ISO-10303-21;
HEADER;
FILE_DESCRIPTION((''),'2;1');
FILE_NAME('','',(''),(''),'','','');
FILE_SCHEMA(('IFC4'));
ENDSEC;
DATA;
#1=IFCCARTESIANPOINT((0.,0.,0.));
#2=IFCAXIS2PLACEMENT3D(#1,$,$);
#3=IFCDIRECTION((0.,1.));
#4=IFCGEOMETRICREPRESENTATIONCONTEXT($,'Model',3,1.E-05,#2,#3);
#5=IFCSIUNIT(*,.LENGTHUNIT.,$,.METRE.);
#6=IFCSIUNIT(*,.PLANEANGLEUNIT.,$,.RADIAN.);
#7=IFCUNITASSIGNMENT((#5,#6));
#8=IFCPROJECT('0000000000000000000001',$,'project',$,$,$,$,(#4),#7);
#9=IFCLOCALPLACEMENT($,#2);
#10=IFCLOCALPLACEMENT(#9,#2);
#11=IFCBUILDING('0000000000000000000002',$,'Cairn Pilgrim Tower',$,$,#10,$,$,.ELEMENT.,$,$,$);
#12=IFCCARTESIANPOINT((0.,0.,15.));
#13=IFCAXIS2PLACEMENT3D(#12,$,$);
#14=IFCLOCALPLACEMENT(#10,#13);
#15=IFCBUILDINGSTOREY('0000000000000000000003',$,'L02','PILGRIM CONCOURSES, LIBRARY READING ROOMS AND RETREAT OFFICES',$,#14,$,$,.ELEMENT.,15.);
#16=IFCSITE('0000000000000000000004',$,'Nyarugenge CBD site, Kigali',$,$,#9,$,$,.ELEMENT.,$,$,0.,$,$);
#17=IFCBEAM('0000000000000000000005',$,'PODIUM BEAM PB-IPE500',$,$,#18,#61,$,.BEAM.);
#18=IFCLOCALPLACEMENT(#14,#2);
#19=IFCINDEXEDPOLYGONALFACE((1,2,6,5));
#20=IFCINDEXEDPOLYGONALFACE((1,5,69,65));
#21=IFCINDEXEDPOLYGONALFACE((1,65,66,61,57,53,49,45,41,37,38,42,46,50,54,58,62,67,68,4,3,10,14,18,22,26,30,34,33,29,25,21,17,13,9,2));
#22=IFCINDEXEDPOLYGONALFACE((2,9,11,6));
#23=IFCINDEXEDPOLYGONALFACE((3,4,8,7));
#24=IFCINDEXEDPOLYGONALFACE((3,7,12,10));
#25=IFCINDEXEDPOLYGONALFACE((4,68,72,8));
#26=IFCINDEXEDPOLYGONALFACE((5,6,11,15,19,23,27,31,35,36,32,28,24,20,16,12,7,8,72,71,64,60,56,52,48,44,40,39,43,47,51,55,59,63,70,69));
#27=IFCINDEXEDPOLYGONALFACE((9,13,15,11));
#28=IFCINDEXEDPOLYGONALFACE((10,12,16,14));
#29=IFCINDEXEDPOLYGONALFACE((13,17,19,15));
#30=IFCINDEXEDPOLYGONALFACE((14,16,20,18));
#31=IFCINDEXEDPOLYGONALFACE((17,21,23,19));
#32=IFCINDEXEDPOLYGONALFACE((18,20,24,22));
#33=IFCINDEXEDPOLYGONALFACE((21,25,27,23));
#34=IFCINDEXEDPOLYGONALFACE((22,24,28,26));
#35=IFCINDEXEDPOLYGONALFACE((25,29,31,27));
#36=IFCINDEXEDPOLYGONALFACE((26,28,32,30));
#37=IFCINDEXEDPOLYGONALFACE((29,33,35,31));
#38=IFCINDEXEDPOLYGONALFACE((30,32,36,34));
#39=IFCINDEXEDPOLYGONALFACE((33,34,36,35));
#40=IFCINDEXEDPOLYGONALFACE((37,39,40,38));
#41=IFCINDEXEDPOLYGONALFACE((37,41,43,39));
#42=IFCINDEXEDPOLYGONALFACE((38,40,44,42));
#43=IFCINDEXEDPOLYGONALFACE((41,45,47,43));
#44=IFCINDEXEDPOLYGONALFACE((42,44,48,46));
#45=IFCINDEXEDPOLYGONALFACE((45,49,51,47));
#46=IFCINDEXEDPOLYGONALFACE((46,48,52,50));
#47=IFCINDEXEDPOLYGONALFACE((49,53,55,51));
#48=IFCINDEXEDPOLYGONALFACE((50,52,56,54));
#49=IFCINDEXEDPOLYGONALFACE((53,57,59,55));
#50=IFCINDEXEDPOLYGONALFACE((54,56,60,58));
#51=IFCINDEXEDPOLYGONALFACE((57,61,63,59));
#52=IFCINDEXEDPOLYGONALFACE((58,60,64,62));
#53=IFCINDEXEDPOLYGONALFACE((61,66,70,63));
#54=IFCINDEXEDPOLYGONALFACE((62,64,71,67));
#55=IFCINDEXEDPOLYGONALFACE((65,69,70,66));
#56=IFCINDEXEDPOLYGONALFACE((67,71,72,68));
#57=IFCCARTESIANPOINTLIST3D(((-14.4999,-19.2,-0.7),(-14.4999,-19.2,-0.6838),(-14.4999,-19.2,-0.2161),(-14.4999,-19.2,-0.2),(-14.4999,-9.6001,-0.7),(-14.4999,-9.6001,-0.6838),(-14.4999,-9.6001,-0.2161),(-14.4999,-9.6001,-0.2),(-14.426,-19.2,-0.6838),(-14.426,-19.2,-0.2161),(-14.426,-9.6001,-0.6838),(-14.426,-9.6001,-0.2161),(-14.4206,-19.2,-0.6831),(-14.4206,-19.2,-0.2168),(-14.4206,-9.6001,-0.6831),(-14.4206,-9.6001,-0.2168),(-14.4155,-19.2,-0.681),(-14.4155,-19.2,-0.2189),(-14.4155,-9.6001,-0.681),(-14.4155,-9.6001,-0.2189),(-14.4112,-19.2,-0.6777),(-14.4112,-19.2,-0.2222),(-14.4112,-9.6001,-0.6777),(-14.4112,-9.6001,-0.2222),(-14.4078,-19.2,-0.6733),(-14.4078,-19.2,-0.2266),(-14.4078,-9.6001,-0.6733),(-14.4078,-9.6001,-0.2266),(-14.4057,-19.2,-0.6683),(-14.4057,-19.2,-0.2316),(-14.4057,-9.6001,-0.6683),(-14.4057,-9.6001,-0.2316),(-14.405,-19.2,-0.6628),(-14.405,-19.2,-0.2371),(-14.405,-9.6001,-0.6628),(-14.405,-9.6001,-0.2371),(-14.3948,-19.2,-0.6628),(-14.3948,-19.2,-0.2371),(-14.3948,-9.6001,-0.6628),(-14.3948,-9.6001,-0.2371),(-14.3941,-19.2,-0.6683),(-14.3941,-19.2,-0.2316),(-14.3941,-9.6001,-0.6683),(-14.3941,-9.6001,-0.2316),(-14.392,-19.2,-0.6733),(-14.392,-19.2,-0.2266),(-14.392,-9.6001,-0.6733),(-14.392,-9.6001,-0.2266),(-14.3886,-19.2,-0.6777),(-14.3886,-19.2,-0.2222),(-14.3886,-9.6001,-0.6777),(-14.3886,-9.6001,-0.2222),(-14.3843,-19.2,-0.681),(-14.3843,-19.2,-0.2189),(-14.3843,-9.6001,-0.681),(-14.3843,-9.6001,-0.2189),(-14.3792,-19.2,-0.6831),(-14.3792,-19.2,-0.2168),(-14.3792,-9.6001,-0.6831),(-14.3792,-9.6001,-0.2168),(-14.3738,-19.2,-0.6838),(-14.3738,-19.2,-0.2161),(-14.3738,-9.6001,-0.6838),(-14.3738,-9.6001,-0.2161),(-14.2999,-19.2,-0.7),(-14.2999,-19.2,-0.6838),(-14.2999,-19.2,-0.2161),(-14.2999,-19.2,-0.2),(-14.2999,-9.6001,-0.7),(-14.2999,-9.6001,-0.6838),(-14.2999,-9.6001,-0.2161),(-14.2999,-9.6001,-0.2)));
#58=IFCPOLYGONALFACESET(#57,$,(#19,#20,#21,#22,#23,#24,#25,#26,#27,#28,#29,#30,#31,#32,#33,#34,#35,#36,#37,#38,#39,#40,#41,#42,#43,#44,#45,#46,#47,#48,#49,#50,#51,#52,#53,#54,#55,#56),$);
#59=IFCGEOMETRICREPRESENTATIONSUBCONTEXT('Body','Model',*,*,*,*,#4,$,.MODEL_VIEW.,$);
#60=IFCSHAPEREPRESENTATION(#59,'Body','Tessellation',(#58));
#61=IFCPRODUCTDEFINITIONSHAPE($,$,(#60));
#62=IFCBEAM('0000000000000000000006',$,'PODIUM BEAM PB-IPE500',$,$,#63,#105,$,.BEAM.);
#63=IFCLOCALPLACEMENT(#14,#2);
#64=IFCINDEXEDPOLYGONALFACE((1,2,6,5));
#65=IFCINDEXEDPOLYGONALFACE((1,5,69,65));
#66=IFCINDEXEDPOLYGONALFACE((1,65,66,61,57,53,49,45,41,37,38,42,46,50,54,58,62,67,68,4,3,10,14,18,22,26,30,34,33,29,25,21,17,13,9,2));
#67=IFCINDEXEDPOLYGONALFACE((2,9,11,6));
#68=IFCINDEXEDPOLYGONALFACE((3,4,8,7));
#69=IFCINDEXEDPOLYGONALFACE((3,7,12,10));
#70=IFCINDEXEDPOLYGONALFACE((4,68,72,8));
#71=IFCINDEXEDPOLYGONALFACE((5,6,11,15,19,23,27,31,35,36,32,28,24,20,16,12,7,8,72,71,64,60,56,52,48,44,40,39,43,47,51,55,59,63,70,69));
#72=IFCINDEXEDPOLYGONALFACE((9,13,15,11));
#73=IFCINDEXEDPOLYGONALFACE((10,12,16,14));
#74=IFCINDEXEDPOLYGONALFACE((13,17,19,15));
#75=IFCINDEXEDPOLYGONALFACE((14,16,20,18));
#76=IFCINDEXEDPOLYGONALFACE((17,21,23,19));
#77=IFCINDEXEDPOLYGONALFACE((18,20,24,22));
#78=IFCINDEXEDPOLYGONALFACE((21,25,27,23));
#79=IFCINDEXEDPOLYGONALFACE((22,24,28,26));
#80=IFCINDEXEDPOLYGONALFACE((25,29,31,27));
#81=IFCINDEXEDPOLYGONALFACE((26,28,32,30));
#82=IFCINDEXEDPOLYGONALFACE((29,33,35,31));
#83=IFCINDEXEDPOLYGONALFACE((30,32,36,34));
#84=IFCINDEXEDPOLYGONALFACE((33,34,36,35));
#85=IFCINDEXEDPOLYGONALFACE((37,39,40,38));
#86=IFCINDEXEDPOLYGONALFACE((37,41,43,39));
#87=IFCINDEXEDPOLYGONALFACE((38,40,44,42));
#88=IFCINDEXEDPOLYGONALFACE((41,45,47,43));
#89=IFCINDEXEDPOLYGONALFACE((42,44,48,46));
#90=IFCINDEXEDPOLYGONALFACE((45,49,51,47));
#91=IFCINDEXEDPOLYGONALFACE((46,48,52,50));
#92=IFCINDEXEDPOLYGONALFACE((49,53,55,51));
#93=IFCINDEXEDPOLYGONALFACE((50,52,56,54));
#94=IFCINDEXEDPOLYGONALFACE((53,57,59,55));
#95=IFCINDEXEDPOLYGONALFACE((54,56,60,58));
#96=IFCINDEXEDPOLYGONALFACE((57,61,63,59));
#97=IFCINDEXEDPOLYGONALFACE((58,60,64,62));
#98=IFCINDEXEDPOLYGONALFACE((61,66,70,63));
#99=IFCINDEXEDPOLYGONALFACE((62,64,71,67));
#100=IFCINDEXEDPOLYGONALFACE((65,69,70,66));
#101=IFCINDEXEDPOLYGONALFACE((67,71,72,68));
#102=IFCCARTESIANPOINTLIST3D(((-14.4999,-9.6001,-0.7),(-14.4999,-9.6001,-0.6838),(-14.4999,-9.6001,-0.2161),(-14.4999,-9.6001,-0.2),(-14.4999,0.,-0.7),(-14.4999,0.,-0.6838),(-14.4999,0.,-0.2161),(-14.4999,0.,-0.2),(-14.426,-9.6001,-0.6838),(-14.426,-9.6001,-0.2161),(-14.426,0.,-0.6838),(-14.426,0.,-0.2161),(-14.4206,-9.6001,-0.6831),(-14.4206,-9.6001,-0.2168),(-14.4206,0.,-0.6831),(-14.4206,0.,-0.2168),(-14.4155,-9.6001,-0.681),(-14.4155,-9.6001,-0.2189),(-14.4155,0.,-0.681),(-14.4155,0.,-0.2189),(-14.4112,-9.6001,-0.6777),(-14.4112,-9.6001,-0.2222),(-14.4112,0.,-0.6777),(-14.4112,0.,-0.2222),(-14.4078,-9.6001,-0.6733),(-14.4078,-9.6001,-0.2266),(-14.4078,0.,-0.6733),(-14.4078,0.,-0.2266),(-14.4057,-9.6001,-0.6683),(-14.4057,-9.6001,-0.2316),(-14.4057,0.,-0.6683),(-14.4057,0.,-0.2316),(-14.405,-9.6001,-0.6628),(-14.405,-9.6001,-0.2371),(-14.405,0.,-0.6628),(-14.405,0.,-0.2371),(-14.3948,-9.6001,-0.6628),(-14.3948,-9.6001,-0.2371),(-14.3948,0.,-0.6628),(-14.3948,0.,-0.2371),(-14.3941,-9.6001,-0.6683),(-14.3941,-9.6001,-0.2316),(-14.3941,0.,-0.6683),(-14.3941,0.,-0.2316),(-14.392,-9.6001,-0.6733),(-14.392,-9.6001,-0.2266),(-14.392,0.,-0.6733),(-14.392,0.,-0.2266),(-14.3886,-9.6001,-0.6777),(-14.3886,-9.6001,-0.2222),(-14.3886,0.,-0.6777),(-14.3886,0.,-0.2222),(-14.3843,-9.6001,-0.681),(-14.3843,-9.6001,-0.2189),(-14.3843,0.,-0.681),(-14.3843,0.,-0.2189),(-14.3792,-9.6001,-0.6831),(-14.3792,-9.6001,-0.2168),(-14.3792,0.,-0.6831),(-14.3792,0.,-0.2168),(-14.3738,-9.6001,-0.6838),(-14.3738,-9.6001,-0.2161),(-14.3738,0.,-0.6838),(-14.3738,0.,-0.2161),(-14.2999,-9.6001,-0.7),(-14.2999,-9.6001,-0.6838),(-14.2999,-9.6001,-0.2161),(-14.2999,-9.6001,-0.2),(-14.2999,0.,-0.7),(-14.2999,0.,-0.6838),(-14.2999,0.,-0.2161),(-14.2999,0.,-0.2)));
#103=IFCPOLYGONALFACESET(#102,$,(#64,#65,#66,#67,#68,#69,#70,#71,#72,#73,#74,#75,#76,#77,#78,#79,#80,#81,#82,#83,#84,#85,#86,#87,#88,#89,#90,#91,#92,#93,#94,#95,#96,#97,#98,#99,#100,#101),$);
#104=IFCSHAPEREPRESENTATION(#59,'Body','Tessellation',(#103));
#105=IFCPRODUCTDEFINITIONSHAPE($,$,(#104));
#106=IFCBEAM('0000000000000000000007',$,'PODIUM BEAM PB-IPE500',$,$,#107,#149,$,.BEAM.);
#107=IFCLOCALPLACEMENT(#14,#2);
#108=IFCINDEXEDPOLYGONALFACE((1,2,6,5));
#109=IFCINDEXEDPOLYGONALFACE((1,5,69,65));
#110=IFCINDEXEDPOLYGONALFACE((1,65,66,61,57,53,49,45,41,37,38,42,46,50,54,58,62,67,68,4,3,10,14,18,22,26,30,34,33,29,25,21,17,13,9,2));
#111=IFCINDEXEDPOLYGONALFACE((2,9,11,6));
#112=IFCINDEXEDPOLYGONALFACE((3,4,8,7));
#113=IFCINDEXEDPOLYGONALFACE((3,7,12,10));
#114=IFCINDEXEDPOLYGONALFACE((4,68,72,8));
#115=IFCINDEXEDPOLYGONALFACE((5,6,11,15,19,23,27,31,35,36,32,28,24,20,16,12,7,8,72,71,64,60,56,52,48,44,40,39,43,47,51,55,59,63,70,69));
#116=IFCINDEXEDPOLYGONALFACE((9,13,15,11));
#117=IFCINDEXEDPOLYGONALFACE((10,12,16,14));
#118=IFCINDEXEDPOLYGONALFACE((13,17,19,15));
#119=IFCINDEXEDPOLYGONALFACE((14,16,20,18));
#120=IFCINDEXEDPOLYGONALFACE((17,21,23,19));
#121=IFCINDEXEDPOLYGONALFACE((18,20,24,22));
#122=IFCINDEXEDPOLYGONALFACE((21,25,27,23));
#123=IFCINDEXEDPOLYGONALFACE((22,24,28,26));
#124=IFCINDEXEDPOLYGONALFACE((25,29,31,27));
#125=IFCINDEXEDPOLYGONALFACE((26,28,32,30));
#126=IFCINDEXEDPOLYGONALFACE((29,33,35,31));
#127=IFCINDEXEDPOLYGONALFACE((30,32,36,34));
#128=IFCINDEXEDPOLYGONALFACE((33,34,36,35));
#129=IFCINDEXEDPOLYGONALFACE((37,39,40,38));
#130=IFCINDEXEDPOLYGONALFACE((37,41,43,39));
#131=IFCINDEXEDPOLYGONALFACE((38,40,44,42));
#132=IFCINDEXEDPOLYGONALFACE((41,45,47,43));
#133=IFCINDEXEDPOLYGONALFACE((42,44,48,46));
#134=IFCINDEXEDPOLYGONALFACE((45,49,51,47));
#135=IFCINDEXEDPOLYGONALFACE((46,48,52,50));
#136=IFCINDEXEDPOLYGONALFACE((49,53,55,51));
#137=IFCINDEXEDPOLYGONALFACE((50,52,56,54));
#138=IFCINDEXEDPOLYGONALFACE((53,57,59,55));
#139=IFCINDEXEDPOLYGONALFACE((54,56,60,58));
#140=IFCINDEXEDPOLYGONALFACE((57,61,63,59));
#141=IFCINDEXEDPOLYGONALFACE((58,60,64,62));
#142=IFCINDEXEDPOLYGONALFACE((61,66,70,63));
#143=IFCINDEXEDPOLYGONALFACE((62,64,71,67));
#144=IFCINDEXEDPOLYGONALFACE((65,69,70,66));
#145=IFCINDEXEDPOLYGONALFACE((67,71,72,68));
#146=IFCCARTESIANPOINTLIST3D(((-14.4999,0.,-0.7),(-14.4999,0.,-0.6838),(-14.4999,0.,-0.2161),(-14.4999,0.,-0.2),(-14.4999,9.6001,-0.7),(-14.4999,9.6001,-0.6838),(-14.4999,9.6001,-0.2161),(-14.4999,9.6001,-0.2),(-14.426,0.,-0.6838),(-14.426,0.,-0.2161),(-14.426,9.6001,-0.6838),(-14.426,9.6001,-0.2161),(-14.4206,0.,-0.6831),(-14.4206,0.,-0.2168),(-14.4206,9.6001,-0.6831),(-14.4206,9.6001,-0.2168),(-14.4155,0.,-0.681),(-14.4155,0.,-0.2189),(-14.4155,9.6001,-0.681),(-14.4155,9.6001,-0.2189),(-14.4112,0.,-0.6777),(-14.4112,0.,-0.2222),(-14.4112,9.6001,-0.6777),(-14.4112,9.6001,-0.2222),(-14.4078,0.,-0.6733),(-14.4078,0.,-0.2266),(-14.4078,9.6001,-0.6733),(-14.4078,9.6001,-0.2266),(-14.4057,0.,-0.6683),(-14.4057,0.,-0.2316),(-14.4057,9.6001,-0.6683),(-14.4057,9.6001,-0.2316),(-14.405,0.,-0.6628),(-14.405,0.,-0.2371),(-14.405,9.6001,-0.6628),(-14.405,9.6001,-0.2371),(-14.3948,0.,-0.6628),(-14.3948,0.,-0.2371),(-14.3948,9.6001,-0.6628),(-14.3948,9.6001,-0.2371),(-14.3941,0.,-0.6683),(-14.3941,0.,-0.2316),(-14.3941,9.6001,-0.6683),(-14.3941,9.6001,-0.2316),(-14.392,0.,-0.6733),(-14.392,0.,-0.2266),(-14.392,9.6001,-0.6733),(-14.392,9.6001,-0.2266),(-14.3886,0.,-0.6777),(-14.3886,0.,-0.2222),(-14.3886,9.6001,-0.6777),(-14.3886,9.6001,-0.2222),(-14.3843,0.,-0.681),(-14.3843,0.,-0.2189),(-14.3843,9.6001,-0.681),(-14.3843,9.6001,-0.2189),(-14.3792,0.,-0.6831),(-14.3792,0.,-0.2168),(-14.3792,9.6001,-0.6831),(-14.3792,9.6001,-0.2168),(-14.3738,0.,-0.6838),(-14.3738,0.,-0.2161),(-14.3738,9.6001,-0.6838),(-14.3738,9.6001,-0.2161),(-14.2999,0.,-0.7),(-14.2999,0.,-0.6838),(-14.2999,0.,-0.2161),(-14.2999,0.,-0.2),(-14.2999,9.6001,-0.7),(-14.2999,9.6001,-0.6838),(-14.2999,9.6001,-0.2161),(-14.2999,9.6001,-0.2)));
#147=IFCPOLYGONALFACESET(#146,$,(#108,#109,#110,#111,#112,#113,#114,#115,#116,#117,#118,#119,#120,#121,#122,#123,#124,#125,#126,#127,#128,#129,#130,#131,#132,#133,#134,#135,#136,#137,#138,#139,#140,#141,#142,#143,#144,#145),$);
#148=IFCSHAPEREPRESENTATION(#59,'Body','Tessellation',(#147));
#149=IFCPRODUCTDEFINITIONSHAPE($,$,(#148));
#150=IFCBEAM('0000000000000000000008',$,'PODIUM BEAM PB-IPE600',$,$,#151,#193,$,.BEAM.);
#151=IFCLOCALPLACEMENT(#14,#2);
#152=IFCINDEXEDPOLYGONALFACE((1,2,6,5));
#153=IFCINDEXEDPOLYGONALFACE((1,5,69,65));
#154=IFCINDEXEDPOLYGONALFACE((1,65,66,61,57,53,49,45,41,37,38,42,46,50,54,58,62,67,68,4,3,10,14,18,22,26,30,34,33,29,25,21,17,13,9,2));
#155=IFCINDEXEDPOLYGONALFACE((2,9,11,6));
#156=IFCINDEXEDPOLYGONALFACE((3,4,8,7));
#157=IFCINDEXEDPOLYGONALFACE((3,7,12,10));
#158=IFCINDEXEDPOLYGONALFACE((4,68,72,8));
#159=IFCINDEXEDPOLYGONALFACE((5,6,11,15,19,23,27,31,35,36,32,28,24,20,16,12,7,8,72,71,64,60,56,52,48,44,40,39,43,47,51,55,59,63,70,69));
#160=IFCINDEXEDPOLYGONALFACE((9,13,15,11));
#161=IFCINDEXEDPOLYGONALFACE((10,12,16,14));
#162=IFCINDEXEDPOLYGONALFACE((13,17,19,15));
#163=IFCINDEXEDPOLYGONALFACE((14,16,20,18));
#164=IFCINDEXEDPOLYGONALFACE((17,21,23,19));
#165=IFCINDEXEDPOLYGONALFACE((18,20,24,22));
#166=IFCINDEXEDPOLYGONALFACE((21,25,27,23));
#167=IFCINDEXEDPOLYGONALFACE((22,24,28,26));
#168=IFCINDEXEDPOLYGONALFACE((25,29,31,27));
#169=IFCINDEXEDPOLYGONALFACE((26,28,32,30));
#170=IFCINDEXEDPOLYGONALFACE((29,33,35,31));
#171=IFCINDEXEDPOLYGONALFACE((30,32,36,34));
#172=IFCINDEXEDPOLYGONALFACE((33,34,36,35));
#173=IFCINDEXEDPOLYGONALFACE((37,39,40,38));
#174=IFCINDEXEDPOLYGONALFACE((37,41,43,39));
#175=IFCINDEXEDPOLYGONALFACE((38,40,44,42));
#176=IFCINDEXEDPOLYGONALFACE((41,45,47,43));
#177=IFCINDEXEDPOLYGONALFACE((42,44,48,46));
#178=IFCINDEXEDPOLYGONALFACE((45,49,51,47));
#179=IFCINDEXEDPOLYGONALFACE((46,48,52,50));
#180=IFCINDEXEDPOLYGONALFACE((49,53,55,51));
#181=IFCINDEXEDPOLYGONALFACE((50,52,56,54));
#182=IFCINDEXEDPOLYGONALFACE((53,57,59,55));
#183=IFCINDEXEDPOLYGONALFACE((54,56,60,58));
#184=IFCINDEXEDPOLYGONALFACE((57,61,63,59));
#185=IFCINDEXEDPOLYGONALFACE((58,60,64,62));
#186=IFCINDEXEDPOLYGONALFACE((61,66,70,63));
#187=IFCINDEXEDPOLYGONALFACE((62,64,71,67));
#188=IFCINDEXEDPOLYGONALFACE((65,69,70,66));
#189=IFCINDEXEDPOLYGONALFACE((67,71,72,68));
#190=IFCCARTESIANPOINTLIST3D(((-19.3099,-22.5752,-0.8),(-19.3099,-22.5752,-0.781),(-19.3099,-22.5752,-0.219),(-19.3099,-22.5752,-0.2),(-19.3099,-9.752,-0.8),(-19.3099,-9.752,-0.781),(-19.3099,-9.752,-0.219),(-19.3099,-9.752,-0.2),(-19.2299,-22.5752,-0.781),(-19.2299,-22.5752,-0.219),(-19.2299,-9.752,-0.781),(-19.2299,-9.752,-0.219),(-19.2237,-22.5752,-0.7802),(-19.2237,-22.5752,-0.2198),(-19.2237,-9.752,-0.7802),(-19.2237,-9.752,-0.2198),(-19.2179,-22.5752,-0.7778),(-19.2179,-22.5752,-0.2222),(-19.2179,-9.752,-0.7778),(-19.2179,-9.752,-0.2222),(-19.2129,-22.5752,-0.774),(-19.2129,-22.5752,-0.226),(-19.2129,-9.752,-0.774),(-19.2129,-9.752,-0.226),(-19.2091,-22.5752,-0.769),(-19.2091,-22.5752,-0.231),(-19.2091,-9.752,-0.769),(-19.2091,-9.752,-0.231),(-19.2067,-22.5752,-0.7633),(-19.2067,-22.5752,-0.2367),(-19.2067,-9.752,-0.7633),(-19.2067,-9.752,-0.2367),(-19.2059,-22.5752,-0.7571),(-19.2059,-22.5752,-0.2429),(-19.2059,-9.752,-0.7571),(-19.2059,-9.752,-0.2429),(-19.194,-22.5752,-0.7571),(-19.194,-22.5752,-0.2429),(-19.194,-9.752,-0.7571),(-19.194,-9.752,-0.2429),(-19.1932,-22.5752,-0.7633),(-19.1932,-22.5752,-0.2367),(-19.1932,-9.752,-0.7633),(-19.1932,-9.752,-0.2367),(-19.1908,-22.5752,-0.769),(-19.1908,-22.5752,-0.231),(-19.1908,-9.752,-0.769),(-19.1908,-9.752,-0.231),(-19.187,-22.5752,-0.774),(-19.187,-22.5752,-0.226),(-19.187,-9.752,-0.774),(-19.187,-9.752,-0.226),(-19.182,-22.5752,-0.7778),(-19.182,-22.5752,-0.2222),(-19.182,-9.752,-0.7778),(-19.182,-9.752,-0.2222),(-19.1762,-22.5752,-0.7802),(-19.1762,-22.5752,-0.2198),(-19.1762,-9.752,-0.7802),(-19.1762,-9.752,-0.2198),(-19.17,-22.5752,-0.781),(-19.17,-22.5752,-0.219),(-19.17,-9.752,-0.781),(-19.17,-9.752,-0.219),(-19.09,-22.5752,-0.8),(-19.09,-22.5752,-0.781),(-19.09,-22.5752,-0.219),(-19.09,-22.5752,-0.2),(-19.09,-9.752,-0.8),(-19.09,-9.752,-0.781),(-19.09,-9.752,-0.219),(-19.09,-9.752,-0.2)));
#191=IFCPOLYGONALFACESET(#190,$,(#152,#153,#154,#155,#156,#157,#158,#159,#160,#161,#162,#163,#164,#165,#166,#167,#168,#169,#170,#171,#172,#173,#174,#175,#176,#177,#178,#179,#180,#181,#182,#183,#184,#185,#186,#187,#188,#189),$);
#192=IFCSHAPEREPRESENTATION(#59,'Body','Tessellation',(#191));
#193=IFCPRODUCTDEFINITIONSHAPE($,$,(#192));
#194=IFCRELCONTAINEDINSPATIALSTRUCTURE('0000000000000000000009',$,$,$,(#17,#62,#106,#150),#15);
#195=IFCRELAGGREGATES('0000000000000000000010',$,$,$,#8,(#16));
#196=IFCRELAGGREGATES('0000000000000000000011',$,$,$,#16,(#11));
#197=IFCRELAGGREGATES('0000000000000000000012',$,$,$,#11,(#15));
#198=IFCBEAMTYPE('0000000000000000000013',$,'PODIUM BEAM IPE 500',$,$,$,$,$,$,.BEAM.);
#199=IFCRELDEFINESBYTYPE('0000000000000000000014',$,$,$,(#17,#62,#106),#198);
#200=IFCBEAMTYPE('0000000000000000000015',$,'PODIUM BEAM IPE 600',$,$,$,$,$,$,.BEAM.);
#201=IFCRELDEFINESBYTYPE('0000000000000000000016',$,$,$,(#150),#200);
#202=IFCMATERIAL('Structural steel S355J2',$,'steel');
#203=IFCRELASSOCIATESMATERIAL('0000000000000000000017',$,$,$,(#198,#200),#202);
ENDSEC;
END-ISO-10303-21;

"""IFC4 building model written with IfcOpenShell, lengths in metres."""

from ifc_helpers import new_model, si_unit, direction, frame, origin, origin_2d, place, context, subcontext, project, spatial, i_section, extrude, material, material_profile, profile_set, type_object, element, save


model = new_model("IFC4")

# Units and contexts
model_context = context("Model", 3, precision=1e-05, world=origin(), true_north=direction((0.0, 1.0)))
body_context = subcontext(model_context, "Body", "Model", "MODEL_VIEW")
ifc_project = project(units=[si_unit("LENGTHUNIT", "METRE"), si_unit("PLANEANGLEUNIT", "RADIAN")], contexts=[model_context])

# Site, building, storey
site_placement = place(None, origin())
site = spatial("IfcSite", under=ifc_project, at=site_placement, Name="Nyarugenge CBD site, Kigali", CompositionType="ELEMENT", RefElevation=0.0)
building_placement = place(site_placement, origin())
building = spatial("IfcBuilding", under=site, at=building_placement, Name="Cairn Pilgrim Tower", CompositionType="ELEMENT")
storey_placement = place(building_placement, frame((0.0, 0.0, 15.0)))
storey = spatial("IfcBuildingStorey", under=building, at=storey_placement, Name="L02", Description="PILGRIM CONCOURSES, LIBRARY READING ROOMS AND RETREAT OFFICES", CompositionType="ELEMENT", Elevation=15.0)

# Beams
ifc_material_1 = material(Name="Structural steel S355J2", Category="steel")
ifc_material_profile_1 = material_profile(ifc_material_1, i_section(OverallWidth=0.2, OverallDepth=0.5, WebThickness=0.0103, FlangeThickness=0.0161, FilletRadius=0.021, at=origin_2d()), Name="IPE 500")
ifc_profile_set_1 = profile_set([ifc_material_profile_1], Name="Structural steel S355J2")
beam_type_1 = type_object("IfcBeamType", Name="PODIUM BEAM IPE 500", PredefinedType="BEAM", material=ifc_profile_set_1)
beam_1_placement = place(storey_placement, frame((-14.3999, -19.2, -0.45), z_axis=(0.0, 1.0, 0.0), x_axis=(-1.0, 0.0, 0.0)))
element("IfcBeam", 1, at=beam_1_placement, inside=storey, type_object=beam_type_1, Name="PODIUM BEAM PB-IPE500", PredefinedType="BEAM", context=body_context, shape_type="SweptSolid", body=[
    extrude(i_section(OverallWidth=0.2, OverallDepth=0.5, WebThickness=0.0103, FlangeThickness=0.0161, FilletRadius=0.021, at=origin_2d()), origin(), (0.0, 0.0, 1.0), 9.5999),
])
for number, where, z_axis, x_axis, name in (
    (2, (-14.3999, -9.6001, -0.45), (0.0, 1.0, 0.0), (-1.0, 0.0, 0.0), "PODIUM BEAM PB-IPE500"),
    (3, (-14.3999, 0.0, -0.45), (0.0, 1.0, 0.0), (-1.0, 0.0, 0.0), "PODIUM BEAM PB-IPE500"),
):
    element("IfcBeam", number, at=place(storey_placement, frame(where, z_axis=z_axis, x_axis=x_axis)), inside=storey, type_object=beam_type_1, Name=name, PredefinedType="BEAM", context=body_context, shape_type="SweptSolid", body=[
        extrude(i_section(OverallWidth=0.2, OverallDepth=0.5, WebThickness=0.0103, FlangeThickness=0.0161, FilletRadius=0.021, at=origin_2d()), origin(), (0.0, 0.0, 1.0), 9.6001),
    ])
ifc_material_profile_2 = material_profile(ifc_material_1, i_section(OverallWidth=0.22, OverallDepth=0.6001, WebThickness=0.012, FlangeThickness=0.019, FilletRadius=0.0239, at=origin_2d()), Name="IPE 600")
ifc_profile_set_2 = profile_set([ifc_material_profile_2], Name="Structural steel S355J2")
beam_type_2 = type_object("IfcBeamType", Name="PODIUM BEAM IPE 600", PredefinedType="BEAM", material=ifc_profile_set_2)
beam_2_placement = place(storey_placement, frame((-19.2, -22.5752, -0.5), z_axis=(0.0, 1.0, 0.0), x_axis=(-1.0, 0.0, 0.0)))
element("IfcBeam", 4, at=beam_2_placement, inside=storey, type_object=beam_type_2, Name="PODIUM BEAM PB-IPE600", PredefinedType="BEAM", context=body_context, shape_type="SweptSolid", body=[
    extrude(i_section(OverallWidth=0.22, OverallDepth=0.6001, WebThickness=0.012, FlangeThickness=0.019, FilletRadius=0.0239, at=origin_2d()), origin(), (0.0, 0.0, 1.0), 12.8232),
])

save(model, "model.ifc")
